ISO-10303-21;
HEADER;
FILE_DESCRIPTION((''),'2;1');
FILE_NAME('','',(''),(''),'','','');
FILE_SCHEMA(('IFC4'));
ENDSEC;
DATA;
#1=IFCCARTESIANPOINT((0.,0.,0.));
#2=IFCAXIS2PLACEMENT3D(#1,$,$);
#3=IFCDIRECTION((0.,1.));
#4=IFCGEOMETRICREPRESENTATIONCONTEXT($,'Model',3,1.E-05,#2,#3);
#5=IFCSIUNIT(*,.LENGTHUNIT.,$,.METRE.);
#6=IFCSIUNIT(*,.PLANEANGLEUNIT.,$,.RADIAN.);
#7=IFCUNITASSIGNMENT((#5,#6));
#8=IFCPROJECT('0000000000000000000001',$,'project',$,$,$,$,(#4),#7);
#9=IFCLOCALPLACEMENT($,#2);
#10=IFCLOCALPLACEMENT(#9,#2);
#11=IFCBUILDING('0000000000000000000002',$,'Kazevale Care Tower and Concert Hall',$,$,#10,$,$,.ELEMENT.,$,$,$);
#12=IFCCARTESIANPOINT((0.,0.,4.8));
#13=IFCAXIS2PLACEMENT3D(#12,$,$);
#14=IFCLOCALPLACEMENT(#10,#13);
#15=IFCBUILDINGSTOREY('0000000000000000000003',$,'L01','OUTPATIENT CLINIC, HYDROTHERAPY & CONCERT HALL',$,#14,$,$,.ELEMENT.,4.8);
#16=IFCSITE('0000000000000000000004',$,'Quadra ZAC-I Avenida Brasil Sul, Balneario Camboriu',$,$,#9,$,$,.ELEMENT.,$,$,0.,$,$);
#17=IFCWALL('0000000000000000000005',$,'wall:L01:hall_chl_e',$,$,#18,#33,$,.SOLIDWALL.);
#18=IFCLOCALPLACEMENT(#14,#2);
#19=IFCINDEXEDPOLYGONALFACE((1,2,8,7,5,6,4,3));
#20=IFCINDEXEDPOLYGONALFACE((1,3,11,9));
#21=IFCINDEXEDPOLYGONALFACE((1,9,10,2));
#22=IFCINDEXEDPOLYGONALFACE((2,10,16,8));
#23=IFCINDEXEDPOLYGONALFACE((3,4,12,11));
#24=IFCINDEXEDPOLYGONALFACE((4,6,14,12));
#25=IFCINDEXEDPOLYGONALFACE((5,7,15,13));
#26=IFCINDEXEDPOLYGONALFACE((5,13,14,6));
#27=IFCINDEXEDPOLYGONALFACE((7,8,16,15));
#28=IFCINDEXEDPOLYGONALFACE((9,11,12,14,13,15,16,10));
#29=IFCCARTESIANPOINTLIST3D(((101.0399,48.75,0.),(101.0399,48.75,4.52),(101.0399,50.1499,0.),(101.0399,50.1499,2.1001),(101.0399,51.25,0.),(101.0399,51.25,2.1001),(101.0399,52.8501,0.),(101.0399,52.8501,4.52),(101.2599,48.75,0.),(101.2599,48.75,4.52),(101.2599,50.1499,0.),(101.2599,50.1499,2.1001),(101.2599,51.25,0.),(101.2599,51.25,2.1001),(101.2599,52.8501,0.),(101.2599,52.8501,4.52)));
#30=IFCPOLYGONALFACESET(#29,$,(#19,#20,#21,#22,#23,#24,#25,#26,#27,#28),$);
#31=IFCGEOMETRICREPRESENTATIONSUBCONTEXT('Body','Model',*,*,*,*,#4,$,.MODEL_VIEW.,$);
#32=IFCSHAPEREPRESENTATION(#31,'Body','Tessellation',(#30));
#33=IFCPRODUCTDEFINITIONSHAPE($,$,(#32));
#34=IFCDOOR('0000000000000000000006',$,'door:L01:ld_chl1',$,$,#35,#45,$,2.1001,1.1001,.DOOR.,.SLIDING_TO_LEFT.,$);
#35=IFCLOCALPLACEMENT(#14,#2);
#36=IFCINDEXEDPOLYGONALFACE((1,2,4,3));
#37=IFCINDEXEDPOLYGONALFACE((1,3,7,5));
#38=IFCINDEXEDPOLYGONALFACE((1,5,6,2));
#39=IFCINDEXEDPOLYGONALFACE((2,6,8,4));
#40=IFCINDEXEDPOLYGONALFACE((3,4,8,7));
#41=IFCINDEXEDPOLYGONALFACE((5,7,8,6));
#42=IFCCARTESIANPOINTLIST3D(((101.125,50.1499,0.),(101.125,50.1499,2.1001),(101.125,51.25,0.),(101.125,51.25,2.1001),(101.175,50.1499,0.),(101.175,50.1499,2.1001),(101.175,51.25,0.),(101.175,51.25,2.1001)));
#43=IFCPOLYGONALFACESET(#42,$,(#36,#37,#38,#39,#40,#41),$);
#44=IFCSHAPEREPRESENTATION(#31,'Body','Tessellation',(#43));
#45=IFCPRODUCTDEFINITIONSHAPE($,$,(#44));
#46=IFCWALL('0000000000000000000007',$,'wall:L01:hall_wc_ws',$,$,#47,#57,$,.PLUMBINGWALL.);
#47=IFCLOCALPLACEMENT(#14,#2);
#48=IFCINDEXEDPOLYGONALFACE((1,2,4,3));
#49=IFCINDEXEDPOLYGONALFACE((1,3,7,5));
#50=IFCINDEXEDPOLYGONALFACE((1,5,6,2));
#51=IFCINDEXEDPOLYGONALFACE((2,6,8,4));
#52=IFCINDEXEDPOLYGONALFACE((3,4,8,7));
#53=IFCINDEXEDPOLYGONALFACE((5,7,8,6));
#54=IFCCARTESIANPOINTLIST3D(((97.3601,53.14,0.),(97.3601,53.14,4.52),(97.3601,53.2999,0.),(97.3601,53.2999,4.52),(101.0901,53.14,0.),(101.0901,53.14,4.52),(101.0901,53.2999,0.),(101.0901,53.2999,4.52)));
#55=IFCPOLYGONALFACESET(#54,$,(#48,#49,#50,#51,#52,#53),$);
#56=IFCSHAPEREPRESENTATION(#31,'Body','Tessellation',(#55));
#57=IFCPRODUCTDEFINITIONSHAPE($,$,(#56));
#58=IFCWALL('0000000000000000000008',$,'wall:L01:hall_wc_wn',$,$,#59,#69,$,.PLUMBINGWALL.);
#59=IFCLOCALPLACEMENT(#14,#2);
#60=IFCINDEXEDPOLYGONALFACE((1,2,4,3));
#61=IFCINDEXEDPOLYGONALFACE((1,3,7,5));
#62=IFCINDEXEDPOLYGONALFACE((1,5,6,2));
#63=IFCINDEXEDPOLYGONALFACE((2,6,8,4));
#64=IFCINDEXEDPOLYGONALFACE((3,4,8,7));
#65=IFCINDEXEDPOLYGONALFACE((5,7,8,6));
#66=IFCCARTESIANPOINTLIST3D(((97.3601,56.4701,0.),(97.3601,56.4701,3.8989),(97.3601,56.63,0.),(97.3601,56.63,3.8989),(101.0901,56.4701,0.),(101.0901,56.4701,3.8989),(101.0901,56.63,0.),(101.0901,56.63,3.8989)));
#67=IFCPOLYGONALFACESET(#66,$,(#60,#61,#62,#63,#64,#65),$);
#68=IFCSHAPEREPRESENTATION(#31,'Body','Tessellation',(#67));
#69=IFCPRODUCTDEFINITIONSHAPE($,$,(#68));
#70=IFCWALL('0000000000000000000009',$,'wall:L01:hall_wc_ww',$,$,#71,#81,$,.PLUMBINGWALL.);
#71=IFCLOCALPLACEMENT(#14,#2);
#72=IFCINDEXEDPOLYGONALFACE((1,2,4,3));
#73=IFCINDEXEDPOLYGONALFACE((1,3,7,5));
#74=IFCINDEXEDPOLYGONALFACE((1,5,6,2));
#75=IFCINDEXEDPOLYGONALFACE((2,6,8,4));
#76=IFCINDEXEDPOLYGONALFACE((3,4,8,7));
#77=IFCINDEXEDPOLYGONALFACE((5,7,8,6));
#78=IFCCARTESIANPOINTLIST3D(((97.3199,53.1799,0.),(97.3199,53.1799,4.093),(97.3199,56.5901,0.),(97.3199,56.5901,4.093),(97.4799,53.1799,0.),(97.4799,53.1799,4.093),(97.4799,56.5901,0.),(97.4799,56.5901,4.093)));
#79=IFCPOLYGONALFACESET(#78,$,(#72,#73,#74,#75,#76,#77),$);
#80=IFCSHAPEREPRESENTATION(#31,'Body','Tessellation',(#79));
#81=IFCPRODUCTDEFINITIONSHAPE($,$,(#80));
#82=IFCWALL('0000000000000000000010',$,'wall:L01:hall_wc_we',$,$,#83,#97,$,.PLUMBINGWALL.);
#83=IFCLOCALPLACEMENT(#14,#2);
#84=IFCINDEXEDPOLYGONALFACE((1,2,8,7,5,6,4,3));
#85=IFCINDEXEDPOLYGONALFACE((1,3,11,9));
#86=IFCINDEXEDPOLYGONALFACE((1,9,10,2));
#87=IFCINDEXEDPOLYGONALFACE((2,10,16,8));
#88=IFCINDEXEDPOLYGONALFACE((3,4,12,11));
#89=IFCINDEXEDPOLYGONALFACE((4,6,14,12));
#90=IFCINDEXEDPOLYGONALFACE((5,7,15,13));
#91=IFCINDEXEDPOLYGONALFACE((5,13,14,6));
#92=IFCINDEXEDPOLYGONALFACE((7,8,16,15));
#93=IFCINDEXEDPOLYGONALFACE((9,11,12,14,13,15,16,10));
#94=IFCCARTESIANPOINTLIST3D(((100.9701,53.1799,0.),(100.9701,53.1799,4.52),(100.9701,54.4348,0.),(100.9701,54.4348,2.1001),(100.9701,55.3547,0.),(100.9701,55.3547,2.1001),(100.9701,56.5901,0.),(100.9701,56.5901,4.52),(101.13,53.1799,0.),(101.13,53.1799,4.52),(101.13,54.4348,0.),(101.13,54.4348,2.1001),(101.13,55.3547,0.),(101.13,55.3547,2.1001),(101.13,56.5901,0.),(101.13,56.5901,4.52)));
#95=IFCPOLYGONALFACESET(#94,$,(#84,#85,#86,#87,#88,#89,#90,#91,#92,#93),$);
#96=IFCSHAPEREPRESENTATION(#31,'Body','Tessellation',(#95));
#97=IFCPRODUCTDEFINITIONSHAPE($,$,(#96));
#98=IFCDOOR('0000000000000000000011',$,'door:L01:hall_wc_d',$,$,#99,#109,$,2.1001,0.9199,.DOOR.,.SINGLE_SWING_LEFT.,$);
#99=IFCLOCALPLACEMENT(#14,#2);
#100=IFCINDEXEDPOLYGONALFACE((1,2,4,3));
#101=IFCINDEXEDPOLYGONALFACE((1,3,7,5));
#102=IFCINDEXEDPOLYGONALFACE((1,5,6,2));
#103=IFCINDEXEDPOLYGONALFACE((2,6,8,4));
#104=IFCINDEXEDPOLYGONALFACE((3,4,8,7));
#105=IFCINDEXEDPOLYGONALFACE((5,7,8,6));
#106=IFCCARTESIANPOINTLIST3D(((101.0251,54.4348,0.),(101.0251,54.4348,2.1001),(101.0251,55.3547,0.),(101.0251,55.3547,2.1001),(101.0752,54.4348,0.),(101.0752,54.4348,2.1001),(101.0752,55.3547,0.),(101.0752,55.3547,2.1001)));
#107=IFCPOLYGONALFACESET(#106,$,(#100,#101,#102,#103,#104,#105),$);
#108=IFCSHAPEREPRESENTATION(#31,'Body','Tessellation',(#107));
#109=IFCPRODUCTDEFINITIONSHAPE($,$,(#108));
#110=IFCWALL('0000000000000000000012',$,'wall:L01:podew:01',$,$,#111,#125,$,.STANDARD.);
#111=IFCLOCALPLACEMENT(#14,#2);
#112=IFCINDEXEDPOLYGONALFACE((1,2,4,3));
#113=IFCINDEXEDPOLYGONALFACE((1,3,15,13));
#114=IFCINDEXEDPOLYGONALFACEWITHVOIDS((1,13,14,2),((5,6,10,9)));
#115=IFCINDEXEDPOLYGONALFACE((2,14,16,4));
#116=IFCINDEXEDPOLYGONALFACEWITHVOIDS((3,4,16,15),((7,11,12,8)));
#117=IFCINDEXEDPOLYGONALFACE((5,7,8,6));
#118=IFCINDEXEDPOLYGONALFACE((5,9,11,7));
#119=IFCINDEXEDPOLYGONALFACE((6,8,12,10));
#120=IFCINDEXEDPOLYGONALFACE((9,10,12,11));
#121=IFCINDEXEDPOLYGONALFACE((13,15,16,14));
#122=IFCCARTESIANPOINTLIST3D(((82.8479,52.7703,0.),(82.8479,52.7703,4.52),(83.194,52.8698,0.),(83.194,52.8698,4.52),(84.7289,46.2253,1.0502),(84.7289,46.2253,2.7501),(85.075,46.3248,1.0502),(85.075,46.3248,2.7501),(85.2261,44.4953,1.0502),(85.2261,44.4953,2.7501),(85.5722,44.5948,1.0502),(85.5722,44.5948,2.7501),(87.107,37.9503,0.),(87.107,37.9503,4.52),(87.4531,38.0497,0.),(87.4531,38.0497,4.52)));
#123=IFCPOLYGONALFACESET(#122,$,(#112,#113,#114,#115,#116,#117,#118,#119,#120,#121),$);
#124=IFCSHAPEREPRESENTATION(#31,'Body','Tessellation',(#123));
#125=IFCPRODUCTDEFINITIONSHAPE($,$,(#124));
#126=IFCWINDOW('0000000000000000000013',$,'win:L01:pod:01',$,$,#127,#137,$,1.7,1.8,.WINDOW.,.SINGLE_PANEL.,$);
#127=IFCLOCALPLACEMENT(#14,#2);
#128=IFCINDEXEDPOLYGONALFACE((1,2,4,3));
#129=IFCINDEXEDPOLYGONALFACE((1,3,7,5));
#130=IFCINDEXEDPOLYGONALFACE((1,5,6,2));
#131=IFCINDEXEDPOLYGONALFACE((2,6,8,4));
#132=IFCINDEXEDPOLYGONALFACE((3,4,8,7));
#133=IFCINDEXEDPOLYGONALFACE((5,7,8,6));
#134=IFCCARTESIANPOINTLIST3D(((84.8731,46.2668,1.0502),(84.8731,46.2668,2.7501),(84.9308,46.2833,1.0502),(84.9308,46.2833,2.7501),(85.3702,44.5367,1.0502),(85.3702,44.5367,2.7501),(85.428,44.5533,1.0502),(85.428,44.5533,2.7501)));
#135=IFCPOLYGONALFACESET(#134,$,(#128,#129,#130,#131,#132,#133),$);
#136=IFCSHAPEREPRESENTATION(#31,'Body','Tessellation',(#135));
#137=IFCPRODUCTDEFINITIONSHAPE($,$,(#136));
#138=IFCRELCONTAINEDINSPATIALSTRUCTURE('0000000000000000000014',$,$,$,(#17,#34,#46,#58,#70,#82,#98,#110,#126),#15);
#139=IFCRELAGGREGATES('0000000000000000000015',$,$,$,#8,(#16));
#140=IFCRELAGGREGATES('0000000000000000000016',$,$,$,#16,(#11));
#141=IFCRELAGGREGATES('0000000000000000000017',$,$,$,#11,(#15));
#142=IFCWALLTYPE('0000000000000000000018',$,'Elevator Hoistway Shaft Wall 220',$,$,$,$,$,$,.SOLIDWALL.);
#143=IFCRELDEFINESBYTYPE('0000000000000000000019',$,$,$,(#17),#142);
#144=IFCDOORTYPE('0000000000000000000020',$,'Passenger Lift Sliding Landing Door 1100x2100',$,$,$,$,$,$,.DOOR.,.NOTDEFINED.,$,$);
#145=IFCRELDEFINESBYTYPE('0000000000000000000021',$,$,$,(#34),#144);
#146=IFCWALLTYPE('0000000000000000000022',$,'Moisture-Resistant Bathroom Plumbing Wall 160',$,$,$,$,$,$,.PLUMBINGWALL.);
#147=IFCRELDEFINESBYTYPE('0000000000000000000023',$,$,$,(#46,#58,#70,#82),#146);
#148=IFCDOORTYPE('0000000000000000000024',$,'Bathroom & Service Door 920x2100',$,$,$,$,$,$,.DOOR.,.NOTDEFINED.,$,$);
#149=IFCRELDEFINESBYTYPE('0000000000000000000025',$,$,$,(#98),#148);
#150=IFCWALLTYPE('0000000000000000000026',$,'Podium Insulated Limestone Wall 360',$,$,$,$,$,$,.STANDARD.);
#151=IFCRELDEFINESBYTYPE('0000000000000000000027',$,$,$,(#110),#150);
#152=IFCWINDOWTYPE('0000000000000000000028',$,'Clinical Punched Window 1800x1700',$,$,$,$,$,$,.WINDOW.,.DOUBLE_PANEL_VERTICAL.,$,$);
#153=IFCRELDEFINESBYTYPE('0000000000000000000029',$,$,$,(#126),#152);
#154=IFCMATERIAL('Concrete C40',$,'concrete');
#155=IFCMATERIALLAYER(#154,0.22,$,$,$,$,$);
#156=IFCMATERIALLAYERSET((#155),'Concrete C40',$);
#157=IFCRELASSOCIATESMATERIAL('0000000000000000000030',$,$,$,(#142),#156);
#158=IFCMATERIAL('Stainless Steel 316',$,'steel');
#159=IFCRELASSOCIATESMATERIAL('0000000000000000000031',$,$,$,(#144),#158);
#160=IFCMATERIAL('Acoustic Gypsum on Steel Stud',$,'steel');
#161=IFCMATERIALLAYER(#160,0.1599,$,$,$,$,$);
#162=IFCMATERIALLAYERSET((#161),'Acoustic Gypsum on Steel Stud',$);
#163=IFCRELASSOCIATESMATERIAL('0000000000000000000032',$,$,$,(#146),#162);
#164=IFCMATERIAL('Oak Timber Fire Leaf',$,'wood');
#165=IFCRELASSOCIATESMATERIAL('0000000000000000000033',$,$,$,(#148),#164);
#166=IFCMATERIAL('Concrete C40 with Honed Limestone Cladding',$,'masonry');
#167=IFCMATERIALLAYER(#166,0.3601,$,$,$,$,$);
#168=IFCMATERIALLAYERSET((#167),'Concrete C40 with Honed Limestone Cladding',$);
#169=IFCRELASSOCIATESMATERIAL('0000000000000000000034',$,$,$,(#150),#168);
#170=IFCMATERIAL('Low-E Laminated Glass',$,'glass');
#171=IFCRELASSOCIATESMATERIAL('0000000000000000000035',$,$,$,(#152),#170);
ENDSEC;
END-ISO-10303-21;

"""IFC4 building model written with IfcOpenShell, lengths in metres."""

from ifc_helpers import new_model, si_unit, direction, frame, frame_2d, origin, place, context, subcontext, project, spatial, rectangle, extrude, material, layer, layer_set, type_object, element, fill, save


model = new_model("IFC4")

# Units and contexts
model_context = context("Model", 3, precision=1e-05, world=origin(), true_north=direction((0.0, 1.0)))
body_context = subcontext(model_context, "Body", "Model", "MODEL_VIEW")
ifc_project = project(units=[si_unit("LENGTHUNIT", "METRE"), si_unit("PLANEANGLEUNIT", "RADIAN")], contexts=[model_context])

# Site, building, storey
site_placement = place(None, origin())
site = spatial("IfcSite", under=ifc_project, at=site_placement, Name="Quadra ZAC-I Avenida Brasil Sul, Balneario Camboriu", CompositionType="ELEMENT", RefElevation=0.0)
building_placement = place(site_placement, origin())
building = spatial("IfcBuilding", under=site, at=building_placement, Name="Kazevale Care Tower and Concert Hall", CompositionType="ELEMENT")
storey_placement = place(building_placement, frame((0.0, 0.0, 4.8)))
storey = spatial("IfcBuildingStorey", under=building, at=storey_placement, Name="L01", Description="OUTPATIENT CLINIC, HYDROTHERAPY & CONCERT HALL", CompositionType="ELEMENT", Elevation=4.8)

# Shared definitions
ifc_material_1 = material(Name="Low-E Laminated Glass", Category="glass")

# Shared definitions
ifc_material_2 = material(Name="Concrete C40 with Honed Limestone Cladding", Category="masonry")
ifc_material_3 = material(Name="Concrete C40", Category="concrete")
ifc_layer_1 = layer(ifc_material_3, 0.22)
ifc_layer_set_1 = layer_set([ifc_layer_1], Name="Concrete C40")
wall_type_1 = type_object("IfcWallType", Name="Elevator Hoistway Shaft Wall 220", PredefinedType="SOLIDWALL", material=ifc_layer_set_1)

# Wall, opening, door
wall_1_placement = place(storey_placement, frame((101.1499, 48.75, 0.0), z_axis=(0.0, 0.0, 1.0), x_axis=(0.0, 1.0, 0.0)))
wall_1 = element("IfcWall", 1, at=wall_1_placement, inside=storey, type_object=wall_type_1, Name="wall:L01:hall_chl_e", PredefinedType="SOLIDWALL", context=body_context, shape_type="SweptSolid", body=[
    extrude(rectangle(XDim=4.1001, YDim=0.22, at=frame_2d((2.05, 0.0))), origin(), (0.0, 0.0, 1.0), 4.52),
])
opening_1_placement = place(wall_1_placement, frame((1.3999, 0.0, 0.0)))
opening_1 = element("IfcOpeningElement", 2, at=opening_1_placement, cuts=wall_1, PredefinedType="OPENING", context=body_context, shape_type="SweptSolid", body=[
    extrude(rectangle(XDim=1.1001, YDim=2.1001, at=frame_2d((0.55, 1.05))), frame((0.0, 0.1199, 0.0), z_axis=(0.0, -1.0, 0.0), x_axis=(1.0, 0.0, 0.0)), (0.0, 0.0, 1.0), 0.24),
])
ifc_material_4 = material(Name="Stainless Steel 316", Category="steel")
door_type_1 = type_object("IfcDoorType", Name="Passenger Lift Sliding Landing Door 1100x2100", OperationType="NOTDEFINED", PredefinedType="DOOR", material=ifc_material_4)
door_1_placement = place(opening_1_placement, origin())
door_1 = element("IfcDoor", 3, at=door_1_placement, inside=storey, type_object=door_type_1, Name="door:L01:ld_chl1", OperationType="SLIDING_TO_LEFT", OverallHeight=2.1001, OverallWidth=1.1001, PredefinedType="DOOR", context=body_context, shape_type="SweptSolid", body=[
    extrude(rectangle(XDim=1.1001, YDim=2.1001, at=frame_2d((0.55, 1.05))), frame((0.0, 0.0249, 0.0), z_axis=(0.0, -1.0, 0.0), x_axis=(1.0, 0.0, 0.0)), (0.0, 0.0, 1.0), 0.05),
])
fill(opening_1, door_1)

# Walls
ifc_material_5 = material(Name="Acoustic Gypsum on Steel Stud", Category="steel")
ifc_layer_2 = layer(ifc_material_5, 0.1599)
ifc_layer_set_2 = layer_set([ifc_layer_2], Name="Acoustic Gypsum on Steel Stud")
wall_type_2 = type_object("IfcWallType", Name="Moisture-Resistant Bathroom Plumbing Wall 160", PredefinedType="PLUMBINGWALL", material=ifc_layer_set_2)
wall_2_placement = place(storey_placement, frame((97.3601, 53.22, 0.0), z_axis=(0.0, 0.0, 1.0), x_axis=(1.0, 0.0, 0.0)))
element("IfcWall", 4, at=wall_2_placement, inside=storey, type_object=wall_type_2, Name="wall:L01:hall_wc_ws", PredefinedType="PLUMBINGWALL", context=body_context, shape_type="SweptSolid", body=[
    extrude(rectangle(XDim=3.73, YDim=0.1599, at=frame_2d((1.865, 0.0))), origin(), (0.0, 0.0, 1.0), 4.52),
])
wall_3_placement = place(storey_placement, frame((97.3601, 56.55, 0.0), z_axis=(0.0, 0.0, 1.0), x_axis=(1.0, 0.0, 0.0)))
element("IfcWall", 5, at=wall_3_placement, inside=storey, type_object=wall_type_2, Name="wall:L01:hall_wc_wn", PredefinedType="PLUMBINGWALL", context=body_context, shape_type="SweptSolid", body=[
    extrude(rectangle(XDim=3.73, YDim=0.1599, at=frame_2d((1.865, 0.0))), origin(), (0.0, 0.0, 1.0), 3.8989),
])
wall_4_placement = place(storey_placement, frame((97.3999, 53.1799, 0.0), z_axis=(0.0, 0.0, 1.0), x_axis=(0.0, 1.0, 0.0)))
element("IfcWall", 6, at=wall_4_placement, inside=storey, type_object=wall_type_2, Name="wall:L01:hall_wc_ww", PredefinedType="PLUMBINGWALL", context=body_context, shape_type="SweptSolid", body=[
    extrude(rectangle(XDim=3.4102, YDim=0.1599, at=frame_2d((1.7051, 0.0))), origin(), (0.0, 0.0, 1.0), 4.093),
])

# Wall, opening, door
wall_5_placement = place(storey_placement, frame((101.05, 53.1799, 0.0), z_axis=(0.0, 0.0, 1.0), x_axis=(0.0, 1.0, 0.0)))
wall_5 = element("IfcWall", 7, at=wall_5_placement, inside=storey, type_object=wall_type_2, Name="wall:L01:hall_wc_we", PredefinedType="PLUMBINGWALL", context=body_context, shape_type="SweptSolid", body=[
    extrude(rectangle(XDim=3.4102, YDim=0.1599, at=frame_2d((1.7051, 0.0))), origin(), (0.0, 0.0, 1.0), 4.52),
])
opening_2_placement = place(wall_5_placement, frame((1.2549, 0.0, 0.0)))
opening_2 = element("IfcOpeningElement", 8, at=opening_2_placement, cuts=wall_5, PredefinedType="OPENING", context=body_context, shape_type="SweptSolid", body=[
    extrude(rectangle(XDim=0.9199, YDim=2.1001, at=frame_2d((0.46, 1.05))), frame((0.0, 0.0898, 0.0), z_axis=(0.0, -1.0, 0.0), x_axis=(1.0, 0.0, 0.0)), (0.0, 0.0, 1.0), 0.1799),
])
ifc_material_6 = material(Name="Oak Timber Fire Leaf", Category="wood")
door_type_2 = type_object("IfcDoorType", Name="Bathroom & Service Door 920x2100", OperationType="NOTDEFINED", PredefinedType="DOOR", material=ifc_material_6)
door_2_placement = place(opening_2_placement, origin())
door_2 = element("IfcDoor", 9, at=door_2_placement, inside=storey, type_object=door_type_2, Name="door:L01:hall_wc_d", OperationType="SINGLE_SWING_LEFT", OverallHeight=2.1001, OverallWidth=0.9199, PredefinedType="DOOR", context=body_context, shape_type="SweptSolid", body=[
    extrude(rectangle(XDim=0.9199, YDim=2.1001, at=frame_2d((0.46, 1.05))), frame((0.0, 0.0249, 0.0), z_axis=(0.0, -1.0, 0.0), x_axis=(1.0, 0.0, 0.0)), (0.0, 0.0, 1.0), 0.05),
])
fill(opening_2, door_2)

# Wall, opening, window
ifc_layer_3 = layer(ifc_material_2, 0.3601)
ifc_layer_set_3 = layer_set([ifc_layer_3], Name="Concrete C40 with Honed Limestone Cladding")
wall_type_3 = type_object("IfcWallType", Name="Podium Insulated Limestone Wall 360", PredefinedType="STANDARD", material=ifc_layer_set_3)
wall_6_placement = place(storey_placement, frame((87.28, 38.0, 0.0), z_axis=(0.0, 0.0, 1.0), x_axis=(-0.276203, 0.961099, 0.0)))
wall_6 = element("IfcWall", 10, at=wall_6_placement, inside=storey, type_object=wall_type_3, Name="wall:L01:podew:01", PredefinedType="STANDARD", context=body_context, shape_type="SweptSolid", body=[
    extrude(rectangle(XDim=15.4199, YDim=0.3601, at=frame_2d((7.71, 0.0))), origin(), (0.0, 0.0, 1.0), 4.52),
])
opening_3_placement = place(wall_6_placement, frame((6.8101, 0.0, 1.05)))
opening_3 = element("IfcOpeningElement", 11, at=opening_3_placement, cuts=wall_6, PredefinedType="OPENING", context=body_context, shape_type="SweptSolid", body=[
    extrude(rectangle(XDim=1.8, YDim=1.7, at=frame_2d((0.8999, 0.8501))), frame((0.0, 0.1899, 0.0), z_axis=(0.0, -1.0, 0.0), x_axis=(1.0, 0.0, 0.0)), (0.0, 0.0, 1.0), 0.3801),
])
window_type = type_object("IfcWindowType", Name="Clinical Punched Window 1800x1700", PartitioningType="DOUBLE_PANEL_VERTICAL", PredefinedType="WINDOW", material=ifc_material_1)
window_placement = place(opening_3_placement, origin())
window = element("IfcWindow", 12, at=window_placement, inside=storey, type_object=window_type, Name="win:L01:pod:01", OverallHeight=1.7, OverallWidth=1.8, PartitioningType="SINGLE_PANEL", PredefinedType="WINDOW", context=body_context, shape_type="SweptSolid", body=[
    extrude(rectangle(XDim=1.8, YDim=1.7, at=frame_2d((0.8999, 0.8501))), frame((0.0, 0.03, 0.0), z_axis=(0.0, -1.0, 0.0), x_axis=(1.0, 0.0, 0.0)), (0.0, 0.0, 1.0), 0.0601),
])
fill(opening_3, window)

save(model, "model.ifc")
